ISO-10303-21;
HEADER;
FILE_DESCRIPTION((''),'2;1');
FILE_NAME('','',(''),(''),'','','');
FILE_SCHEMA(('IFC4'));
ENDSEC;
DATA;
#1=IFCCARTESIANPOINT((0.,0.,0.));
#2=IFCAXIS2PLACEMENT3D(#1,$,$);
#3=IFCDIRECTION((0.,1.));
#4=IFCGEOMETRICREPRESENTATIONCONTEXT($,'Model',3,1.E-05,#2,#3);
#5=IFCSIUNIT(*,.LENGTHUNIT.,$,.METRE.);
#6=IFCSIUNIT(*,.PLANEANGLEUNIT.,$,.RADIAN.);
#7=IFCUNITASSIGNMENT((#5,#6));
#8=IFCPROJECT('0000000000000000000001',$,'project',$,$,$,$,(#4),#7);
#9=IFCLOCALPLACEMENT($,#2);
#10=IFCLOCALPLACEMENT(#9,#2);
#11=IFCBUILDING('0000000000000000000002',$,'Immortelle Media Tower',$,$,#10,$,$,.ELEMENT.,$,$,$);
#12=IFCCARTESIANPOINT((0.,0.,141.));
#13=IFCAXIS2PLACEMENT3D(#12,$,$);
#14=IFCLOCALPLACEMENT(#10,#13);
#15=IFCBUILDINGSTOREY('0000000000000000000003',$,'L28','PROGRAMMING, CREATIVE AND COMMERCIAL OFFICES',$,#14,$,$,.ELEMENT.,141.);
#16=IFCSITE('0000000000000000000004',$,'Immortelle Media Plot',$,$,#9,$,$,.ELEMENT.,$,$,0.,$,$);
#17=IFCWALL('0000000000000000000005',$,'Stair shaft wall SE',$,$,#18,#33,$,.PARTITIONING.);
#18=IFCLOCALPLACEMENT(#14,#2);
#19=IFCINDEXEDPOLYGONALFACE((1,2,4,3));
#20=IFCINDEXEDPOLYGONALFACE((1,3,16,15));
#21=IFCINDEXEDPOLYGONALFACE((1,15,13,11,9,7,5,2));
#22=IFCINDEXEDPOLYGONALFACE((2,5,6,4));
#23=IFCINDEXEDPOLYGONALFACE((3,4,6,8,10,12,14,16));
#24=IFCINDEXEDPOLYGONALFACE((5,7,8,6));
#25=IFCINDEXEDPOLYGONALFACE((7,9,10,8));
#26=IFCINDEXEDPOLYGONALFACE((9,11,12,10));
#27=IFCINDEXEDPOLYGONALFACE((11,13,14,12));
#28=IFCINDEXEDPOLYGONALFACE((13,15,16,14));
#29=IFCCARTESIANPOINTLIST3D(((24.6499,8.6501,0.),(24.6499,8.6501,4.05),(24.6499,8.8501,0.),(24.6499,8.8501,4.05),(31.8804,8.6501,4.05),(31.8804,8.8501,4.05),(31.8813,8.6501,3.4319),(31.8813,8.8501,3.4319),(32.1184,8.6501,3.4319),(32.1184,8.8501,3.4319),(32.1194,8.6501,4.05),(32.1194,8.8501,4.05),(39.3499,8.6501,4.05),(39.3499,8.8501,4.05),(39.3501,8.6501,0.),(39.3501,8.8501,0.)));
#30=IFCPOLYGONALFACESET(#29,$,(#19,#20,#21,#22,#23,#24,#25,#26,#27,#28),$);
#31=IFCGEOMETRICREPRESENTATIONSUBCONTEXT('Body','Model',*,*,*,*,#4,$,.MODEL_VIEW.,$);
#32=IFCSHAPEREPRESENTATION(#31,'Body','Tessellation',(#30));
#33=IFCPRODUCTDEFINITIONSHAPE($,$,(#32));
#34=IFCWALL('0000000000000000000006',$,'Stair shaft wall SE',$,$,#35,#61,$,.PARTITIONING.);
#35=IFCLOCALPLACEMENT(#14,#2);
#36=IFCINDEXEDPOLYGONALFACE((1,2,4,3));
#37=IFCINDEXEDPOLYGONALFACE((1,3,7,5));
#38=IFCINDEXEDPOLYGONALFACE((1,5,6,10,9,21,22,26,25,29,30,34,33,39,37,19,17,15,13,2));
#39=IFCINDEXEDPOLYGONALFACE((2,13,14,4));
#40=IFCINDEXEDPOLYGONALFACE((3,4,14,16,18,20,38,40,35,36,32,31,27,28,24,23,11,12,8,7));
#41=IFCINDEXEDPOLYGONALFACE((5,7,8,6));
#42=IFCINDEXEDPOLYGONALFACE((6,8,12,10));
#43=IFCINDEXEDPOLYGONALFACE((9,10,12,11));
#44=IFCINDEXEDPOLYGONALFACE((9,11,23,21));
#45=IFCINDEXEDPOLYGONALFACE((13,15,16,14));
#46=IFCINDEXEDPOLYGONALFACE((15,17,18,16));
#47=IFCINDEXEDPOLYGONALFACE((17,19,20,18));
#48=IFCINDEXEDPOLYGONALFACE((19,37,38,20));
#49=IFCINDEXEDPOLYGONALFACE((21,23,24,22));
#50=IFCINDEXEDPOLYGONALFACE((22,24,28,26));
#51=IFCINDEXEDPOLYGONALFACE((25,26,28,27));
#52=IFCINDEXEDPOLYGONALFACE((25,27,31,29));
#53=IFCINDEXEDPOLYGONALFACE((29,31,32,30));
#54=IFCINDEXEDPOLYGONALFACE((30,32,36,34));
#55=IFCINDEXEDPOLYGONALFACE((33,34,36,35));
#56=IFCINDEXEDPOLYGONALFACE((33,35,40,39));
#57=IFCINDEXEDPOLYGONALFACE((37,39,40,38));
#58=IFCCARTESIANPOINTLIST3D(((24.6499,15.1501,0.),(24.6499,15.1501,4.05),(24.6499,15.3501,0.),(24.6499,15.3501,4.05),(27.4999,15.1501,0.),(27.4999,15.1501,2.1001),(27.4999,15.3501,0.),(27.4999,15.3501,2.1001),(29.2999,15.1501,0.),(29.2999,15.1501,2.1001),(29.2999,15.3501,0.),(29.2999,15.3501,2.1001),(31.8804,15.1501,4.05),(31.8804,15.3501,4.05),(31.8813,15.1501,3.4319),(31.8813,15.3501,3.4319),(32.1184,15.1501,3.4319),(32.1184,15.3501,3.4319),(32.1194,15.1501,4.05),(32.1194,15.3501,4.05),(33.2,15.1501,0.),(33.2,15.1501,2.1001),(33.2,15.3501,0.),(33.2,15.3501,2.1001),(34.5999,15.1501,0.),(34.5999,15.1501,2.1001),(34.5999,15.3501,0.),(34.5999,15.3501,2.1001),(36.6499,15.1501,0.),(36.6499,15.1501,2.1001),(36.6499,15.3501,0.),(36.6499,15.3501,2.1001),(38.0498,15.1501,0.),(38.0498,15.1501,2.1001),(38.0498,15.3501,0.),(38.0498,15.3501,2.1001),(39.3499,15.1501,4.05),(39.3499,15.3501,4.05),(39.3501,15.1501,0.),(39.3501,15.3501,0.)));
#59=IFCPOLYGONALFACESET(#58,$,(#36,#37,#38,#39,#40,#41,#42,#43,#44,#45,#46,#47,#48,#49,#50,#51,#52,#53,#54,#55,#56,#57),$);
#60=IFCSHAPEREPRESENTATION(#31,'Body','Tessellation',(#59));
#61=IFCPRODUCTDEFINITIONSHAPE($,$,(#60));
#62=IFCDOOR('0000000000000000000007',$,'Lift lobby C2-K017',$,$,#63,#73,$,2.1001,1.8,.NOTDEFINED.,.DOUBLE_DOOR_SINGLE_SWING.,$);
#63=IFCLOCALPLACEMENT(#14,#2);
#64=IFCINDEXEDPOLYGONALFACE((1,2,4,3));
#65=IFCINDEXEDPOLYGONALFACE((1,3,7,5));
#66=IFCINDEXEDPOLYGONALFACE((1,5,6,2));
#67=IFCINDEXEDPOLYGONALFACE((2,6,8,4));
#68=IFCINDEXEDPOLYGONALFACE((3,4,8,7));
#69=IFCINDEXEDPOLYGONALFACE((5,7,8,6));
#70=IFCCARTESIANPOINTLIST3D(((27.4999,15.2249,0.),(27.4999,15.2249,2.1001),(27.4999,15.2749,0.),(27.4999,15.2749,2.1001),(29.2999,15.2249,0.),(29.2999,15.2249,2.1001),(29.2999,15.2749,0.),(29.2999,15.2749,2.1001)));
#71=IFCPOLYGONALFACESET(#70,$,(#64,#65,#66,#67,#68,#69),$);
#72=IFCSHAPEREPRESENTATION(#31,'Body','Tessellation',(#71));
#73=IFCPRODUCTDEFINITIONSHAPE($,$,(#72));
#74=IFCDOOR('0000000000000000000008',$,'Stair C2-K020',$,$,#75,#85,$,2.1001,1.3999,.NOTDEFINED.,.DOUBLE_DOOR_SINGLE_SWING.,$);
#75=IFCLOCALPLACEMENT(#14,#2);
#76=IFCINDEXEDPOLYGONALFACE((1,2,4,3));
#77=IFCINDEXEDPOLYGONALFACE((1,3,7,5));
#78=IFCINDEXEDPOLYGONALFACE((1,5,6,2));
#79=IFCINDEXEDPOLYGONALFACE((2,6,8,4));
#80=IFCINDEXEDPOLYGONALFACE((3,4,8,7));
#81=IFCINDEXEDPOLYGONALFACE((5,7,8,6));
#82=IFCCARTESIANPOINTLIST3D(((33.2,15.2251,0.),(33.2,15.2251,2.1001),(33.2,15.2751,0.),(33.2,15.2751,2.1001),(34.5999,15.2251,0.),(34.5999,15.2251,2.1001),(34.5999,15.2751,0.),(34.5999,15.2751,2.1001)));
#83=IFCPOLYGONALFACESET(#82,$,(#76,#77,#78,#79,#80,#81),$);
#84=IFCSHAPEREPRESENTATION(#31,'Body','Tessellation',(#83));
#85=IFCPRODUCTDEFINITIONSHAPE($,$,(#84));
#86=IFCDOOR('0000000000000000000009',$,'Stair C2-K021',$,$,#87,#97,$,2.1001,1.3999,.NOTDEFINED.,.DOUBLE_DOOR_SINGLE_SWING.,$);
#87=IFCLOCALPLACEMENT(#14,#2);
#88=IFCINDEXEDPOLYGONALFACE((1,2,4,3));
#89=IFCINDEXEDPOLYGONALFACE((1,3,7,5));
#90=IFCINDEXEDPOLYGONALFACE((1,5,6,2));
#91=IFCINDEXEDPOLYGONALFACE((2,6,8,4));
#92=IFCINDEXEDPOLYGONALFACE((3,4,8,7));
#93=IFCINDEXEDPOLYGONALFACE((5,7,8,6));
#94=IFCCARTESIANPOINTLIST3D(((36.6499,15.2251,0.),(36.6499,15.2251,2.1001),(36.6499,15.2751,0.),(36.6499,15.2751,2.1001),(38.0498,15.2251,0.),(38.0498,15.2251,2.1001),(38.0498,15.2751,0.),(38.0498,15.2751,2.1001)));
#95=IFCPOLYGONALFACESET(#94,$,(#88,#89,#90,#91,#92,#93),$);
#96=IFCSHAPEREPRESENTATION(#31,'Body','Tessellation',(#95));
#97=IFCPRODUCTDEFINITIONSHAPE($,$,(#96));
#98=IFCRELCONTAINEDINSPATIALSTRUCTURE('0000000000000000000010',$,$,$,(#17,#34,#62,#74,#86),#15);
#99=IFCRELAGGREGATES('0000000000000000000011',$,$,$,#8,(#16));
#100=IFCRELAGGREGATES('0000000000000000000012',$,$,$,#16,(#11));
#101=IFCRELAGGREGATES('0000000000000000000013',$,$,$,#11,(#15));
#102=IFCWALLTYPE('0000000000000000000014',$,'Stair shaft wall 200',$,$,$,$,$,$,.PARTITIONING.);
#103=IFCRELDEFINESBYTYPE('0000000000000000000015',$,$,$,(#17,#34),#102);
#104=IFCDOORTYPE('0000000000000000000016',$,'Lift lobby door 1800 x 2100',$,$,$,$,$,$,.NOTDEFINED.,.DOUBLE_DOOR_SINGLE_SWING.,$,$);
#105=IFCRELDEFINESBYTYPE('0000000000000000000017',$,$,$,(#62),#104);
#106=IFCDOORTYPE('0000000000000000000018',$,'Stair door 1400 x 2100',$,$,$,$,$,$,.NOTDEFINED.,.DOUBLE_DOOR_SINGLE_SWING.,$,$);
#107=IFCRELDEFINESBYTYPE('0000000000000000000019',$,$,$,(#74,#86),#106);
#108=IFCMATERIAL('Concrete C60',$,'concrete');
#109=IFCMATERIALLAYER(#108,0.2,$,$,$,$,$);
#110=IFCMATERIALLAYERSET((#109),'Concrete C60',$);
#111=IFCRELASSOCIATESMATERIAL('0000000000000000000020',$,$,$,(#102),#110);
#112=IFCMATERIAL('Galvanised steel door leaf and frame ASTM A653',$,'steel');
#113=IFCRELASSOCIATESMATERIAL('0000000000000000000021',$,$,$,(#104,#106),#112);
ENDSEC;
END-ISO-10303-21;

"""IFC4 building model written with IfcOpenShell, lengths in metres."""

from ifc_helpers import new_model, si_unit, direction, frame, frame_2d, origin, place, context, subcontext, project, spatial, polyline, rectangle, outline, extrude, material, layer, layer_set, type_object, element, fill, save


model = new_model("IFC4")

# Units and contexts
model_context = context("Model", 3, precision=1e-05, world=origin(), true_north=direction((0.0, 1.0)))
body_context = subcontext(model_context, "Body", "Model", "MODEL_VIEW")
ifc_project = project(units=[si_unit("LENGTHUNIT", "METRE"), si_unit("PLANEANGLEUNIT", "RADIAN")], contexts=[model_context])

# Site, building, storey
site_placement = place(None, origin())
site = spatial("IfcSite", under=ifc_project, at=site_placement, Name="Immortelle Media Plot", CompositionType="ELEMENT", RefElevation=0.0)
building_placement = place(site_placement, origin())
building = spatial("IfcBuilding", under=site, at=building_placement, Name="Immortelle Media Tower", CompositionType="ELEMENT")
storey_placement = place(building_placement, frame((0.0, 0.0, 141.0)))
storey = spatial("IfcBuildingStorey", under=building, at=storey_placement, Name="L28", Description="PROGRAMMING, CREATIVE AND COMMERCIAL OFFICES", CompositionType="ELEMENT", Elevation=141.0)

# Shared definitions
ifc_material_1 = material(Name="Galvanised steel door leaf and frame ASTM A653", Category="steel")

# Wall
ifc_material_2 = material(Name="Concrete C60", Category="concrete")
ifc_layer_1 = layer(ifc_material_2, 0.2)
ifc_layer_set_1 = layer_set([ifc_layer_1], Name="Concrete C60")
wall_type_1 = type_object("IfcWallType", Name="Stair shaft wall 200", PredefinedType="PARTITIONING", material=ifc_layer_set_1)
wall_1_placement = place(storey_placement, frame((24.6499, 8.75, 0.0), z_axis=(0.0, 0.0, 1.0), x_axis=(1.0, 0.0, 0.0)))
element("IfcWall", 1, at=wall_1_placement, inside=storey, type_object=wall_type_1, Name="Stair shaft wall SE", PredefinedType="PARTITIONING", context=body_context, shape_type="SweptSolid", body=[
    extrude(outline(polyline([(0.0, 0.0), (14.7002, 0.0), (14.7, 4.05), (7.4695, 4.05), (7.4685, 3.4319), (7.2314, 3.4319), (7.2305, 4.05), (0.0, 4.05), (0.0, 0.0)])), frame((0.0, 0.1001, 0.0), z_axis=(0.0, -1.0, 0.0), x_axis=(1.0, 0.0, 0.0)), (0.0, 0.0, 1.0), 0.2),
])

# Wall, openings, doors
wall_2_placement = place(storey_placement, frame((24.6499, 15.25, 0.0), z_axis=(0.0, 0.0, 1.0), x_axis=(1.0, 0.0, 0.0)))
wall_2 = element("IfcWall", 2, at=wall_2_placement, inside=storey, type_object=wall_type_1, Name="Stair shaft wall SE", PredefinedType="PARTITIONING", context=body_context, shape_type="SweptSolid", body=[
    extrude(outline(polyline([(0.0, 0.0), (14.7002, 0.0), (14.7, 4.05), (7.4695, 4.05), (7.4685, 3.4319), (7.2314, 3.4319), (7.2305, 4.05), (0.0, 4.05), (0.0, 0.0)])), frame((0.0, 0.1001, 0.0), z_axis=(0.0, -1.0, 0.0), x_axis=(1.0, 0.0, 0.0)), (0.0, 0.0, 1.0), 0.2),
])
opening_1_placement = place(wall_2_placement, frame((2.8501, 0.0, 0.0)))
opening_1 = element("IfcOpeningElement", 3, at=opening_1_placement, cuts=wall_2, PredefinedType="OPENING", context=body_context, shape_type="SweptSolid", body=[
    extrude(rectangle(XDim=1.8, YDim=2.1001, at=frame_2d((0.8999, 1.05))), frame((0.0, 0.1099, 0.0), z_axis=(0.0, -1.0, 0.0), x_axis=(1.0, 0.0, 0.0)), (0.0, 0.0, 1.0), 0.22),
])
opening_2_placement = place(wall_2_placement, frame((9.95, 0.0, 0.0), z_axis=(0.0, 0.0, 1.0), x_axis=(-1.0, 0.0, 0.0)))
opening_2 = element("IfcOpeningElement", 4, at=opening_2_placement, cuts=wall_2, PredefinedType="OPENING", context=body_context, shape_type="SweptSolid", body=[
    extrude(rectangle(XDim=1.3999, YDim=2.1001, at=frame_2d((0.7, 1.05))), frame((0.0, 0.1099, 0.0), z_axis=(0.0, -1.0, 0.0), x_axis=(1.0, 0.0, 0.0)), (0.0, 0.0, 1.0), 0.22),
])
opening_3_placement = place(wall_2_placement, frame((13.3999, 0.0, 0.0), z_axis=(0.0, 0.0, 1.0), x_axis=(-1.0, 0.0, 0.0)))
opening_3 = element("IfcOpeningElement", 5, at=opening_3_placement, cuts=wall_2, PredefinedType="OPENING", context=body_context, shape_type="SweptSolid", body=[
    extrude(rectangle(XDim=1.3999, YDim=2.1001, at=frame_2d((0.7, 1.05))), frame((0.0, 0.1099, 0.0), z_axis=(0.0, -1.0, 0.0), x_axis=(1.0, 0.0, 0.0)), (0.0, 0.0, 1.0), 0.22),
])
door_type_1 = type_object("IfcDoorType", Name="Lift lobby door 1800 x 2100", OperationType="DOUBLE_DOOR_SINGLE_SWING", PredefinedType="NOTDEFINED", material=ifc_material_1)
door_1_placement = place(opening_1_placement, origin())
door_1 = element("IfcDoor", 6, at=door_1_placement, inside=storey, type_object=door_type_1, Name="Lift lobby C2-K017", OperationType="DOUBLE_DOOR_SINGLE_SWING", OverallHeight=2.1001, OverallWidth=1.8, PredefinedType="NOTDEFINED", context=body_context, shape_type="SweptSolid", body=[
    extrude(rectangle(XDim=1.8, YDim=2.1001, at=frame_2d((0.8999, 1.05))), frame((0.0, 0.0249, 0.0), z_axis=(0.0, -1.0, 0.0), x_axis=(1.0, 0.0, 0.0)), (0.0, 0.0, 1.0), 0.05),
])
fill(opening_1, door_1)
door_type_2 = type_object("IfcDoorType", Name="Stair door 1400 x 2100", OperationType="DOUBLE_DOOR_SINGLE_SWING", PredefinedType="NOTDEFINED", material=ifc_material_1)
door_2_placement = place(opening_2_placement, origin())
door_2 = element("IfcDoor", 7, at=door_2_placement, inside=storey, type_object=door_type_2, Name="Stair C2-K020", OperationType="DOUBLE_DOOR_SINGLE_SWING", OverallHeight=2.1001, OverallWidth=1.3999, PredefinedType="NOTDEFINED", context=body_context, shape_type="SweptSolid", body=[
    extrude(rectangle(XDim=1.3999, YDim=2.1001, at=frame_2d((0.7, 1.05))), frame((0.0, 0.0249, 0.0), z_axis=(0.0, -1.0, 0.0), x_axis=(1.0, 0.0, 0.0)), (0.0, 0.0, 1.0), 0.05),
])
fill(opening_2, door_2)
door_3_placement = place(opening_3_placement, origin())
door_3 = element("IfcDoor", 8, at=door_3_placement, inside=storey, type_object=door_type_2, Name="Stair C2-K021", OperationType="DOUBLE_DOOR_SINGLE_SWING", OverallHeight=2.1001, OverallWidth=1.3999, PredefinedType="NOTDEFINED", context=body_context, shape_type="SweptSolid", body=[
    extrude(rectangle(XDim=1.3999, YDim=2.1001, at=frame_2d((0.7, 1.05))), frame((0.0, 0.0249, 0.0), z_axis=(0.0, -1.0, 0.0), x_axis=(1.0, 0.0, 0.0)), (0.0, 0.0, 1.0), 0.05),
])
fill(opening_3, door_3)

save(model, "model.ifc")
